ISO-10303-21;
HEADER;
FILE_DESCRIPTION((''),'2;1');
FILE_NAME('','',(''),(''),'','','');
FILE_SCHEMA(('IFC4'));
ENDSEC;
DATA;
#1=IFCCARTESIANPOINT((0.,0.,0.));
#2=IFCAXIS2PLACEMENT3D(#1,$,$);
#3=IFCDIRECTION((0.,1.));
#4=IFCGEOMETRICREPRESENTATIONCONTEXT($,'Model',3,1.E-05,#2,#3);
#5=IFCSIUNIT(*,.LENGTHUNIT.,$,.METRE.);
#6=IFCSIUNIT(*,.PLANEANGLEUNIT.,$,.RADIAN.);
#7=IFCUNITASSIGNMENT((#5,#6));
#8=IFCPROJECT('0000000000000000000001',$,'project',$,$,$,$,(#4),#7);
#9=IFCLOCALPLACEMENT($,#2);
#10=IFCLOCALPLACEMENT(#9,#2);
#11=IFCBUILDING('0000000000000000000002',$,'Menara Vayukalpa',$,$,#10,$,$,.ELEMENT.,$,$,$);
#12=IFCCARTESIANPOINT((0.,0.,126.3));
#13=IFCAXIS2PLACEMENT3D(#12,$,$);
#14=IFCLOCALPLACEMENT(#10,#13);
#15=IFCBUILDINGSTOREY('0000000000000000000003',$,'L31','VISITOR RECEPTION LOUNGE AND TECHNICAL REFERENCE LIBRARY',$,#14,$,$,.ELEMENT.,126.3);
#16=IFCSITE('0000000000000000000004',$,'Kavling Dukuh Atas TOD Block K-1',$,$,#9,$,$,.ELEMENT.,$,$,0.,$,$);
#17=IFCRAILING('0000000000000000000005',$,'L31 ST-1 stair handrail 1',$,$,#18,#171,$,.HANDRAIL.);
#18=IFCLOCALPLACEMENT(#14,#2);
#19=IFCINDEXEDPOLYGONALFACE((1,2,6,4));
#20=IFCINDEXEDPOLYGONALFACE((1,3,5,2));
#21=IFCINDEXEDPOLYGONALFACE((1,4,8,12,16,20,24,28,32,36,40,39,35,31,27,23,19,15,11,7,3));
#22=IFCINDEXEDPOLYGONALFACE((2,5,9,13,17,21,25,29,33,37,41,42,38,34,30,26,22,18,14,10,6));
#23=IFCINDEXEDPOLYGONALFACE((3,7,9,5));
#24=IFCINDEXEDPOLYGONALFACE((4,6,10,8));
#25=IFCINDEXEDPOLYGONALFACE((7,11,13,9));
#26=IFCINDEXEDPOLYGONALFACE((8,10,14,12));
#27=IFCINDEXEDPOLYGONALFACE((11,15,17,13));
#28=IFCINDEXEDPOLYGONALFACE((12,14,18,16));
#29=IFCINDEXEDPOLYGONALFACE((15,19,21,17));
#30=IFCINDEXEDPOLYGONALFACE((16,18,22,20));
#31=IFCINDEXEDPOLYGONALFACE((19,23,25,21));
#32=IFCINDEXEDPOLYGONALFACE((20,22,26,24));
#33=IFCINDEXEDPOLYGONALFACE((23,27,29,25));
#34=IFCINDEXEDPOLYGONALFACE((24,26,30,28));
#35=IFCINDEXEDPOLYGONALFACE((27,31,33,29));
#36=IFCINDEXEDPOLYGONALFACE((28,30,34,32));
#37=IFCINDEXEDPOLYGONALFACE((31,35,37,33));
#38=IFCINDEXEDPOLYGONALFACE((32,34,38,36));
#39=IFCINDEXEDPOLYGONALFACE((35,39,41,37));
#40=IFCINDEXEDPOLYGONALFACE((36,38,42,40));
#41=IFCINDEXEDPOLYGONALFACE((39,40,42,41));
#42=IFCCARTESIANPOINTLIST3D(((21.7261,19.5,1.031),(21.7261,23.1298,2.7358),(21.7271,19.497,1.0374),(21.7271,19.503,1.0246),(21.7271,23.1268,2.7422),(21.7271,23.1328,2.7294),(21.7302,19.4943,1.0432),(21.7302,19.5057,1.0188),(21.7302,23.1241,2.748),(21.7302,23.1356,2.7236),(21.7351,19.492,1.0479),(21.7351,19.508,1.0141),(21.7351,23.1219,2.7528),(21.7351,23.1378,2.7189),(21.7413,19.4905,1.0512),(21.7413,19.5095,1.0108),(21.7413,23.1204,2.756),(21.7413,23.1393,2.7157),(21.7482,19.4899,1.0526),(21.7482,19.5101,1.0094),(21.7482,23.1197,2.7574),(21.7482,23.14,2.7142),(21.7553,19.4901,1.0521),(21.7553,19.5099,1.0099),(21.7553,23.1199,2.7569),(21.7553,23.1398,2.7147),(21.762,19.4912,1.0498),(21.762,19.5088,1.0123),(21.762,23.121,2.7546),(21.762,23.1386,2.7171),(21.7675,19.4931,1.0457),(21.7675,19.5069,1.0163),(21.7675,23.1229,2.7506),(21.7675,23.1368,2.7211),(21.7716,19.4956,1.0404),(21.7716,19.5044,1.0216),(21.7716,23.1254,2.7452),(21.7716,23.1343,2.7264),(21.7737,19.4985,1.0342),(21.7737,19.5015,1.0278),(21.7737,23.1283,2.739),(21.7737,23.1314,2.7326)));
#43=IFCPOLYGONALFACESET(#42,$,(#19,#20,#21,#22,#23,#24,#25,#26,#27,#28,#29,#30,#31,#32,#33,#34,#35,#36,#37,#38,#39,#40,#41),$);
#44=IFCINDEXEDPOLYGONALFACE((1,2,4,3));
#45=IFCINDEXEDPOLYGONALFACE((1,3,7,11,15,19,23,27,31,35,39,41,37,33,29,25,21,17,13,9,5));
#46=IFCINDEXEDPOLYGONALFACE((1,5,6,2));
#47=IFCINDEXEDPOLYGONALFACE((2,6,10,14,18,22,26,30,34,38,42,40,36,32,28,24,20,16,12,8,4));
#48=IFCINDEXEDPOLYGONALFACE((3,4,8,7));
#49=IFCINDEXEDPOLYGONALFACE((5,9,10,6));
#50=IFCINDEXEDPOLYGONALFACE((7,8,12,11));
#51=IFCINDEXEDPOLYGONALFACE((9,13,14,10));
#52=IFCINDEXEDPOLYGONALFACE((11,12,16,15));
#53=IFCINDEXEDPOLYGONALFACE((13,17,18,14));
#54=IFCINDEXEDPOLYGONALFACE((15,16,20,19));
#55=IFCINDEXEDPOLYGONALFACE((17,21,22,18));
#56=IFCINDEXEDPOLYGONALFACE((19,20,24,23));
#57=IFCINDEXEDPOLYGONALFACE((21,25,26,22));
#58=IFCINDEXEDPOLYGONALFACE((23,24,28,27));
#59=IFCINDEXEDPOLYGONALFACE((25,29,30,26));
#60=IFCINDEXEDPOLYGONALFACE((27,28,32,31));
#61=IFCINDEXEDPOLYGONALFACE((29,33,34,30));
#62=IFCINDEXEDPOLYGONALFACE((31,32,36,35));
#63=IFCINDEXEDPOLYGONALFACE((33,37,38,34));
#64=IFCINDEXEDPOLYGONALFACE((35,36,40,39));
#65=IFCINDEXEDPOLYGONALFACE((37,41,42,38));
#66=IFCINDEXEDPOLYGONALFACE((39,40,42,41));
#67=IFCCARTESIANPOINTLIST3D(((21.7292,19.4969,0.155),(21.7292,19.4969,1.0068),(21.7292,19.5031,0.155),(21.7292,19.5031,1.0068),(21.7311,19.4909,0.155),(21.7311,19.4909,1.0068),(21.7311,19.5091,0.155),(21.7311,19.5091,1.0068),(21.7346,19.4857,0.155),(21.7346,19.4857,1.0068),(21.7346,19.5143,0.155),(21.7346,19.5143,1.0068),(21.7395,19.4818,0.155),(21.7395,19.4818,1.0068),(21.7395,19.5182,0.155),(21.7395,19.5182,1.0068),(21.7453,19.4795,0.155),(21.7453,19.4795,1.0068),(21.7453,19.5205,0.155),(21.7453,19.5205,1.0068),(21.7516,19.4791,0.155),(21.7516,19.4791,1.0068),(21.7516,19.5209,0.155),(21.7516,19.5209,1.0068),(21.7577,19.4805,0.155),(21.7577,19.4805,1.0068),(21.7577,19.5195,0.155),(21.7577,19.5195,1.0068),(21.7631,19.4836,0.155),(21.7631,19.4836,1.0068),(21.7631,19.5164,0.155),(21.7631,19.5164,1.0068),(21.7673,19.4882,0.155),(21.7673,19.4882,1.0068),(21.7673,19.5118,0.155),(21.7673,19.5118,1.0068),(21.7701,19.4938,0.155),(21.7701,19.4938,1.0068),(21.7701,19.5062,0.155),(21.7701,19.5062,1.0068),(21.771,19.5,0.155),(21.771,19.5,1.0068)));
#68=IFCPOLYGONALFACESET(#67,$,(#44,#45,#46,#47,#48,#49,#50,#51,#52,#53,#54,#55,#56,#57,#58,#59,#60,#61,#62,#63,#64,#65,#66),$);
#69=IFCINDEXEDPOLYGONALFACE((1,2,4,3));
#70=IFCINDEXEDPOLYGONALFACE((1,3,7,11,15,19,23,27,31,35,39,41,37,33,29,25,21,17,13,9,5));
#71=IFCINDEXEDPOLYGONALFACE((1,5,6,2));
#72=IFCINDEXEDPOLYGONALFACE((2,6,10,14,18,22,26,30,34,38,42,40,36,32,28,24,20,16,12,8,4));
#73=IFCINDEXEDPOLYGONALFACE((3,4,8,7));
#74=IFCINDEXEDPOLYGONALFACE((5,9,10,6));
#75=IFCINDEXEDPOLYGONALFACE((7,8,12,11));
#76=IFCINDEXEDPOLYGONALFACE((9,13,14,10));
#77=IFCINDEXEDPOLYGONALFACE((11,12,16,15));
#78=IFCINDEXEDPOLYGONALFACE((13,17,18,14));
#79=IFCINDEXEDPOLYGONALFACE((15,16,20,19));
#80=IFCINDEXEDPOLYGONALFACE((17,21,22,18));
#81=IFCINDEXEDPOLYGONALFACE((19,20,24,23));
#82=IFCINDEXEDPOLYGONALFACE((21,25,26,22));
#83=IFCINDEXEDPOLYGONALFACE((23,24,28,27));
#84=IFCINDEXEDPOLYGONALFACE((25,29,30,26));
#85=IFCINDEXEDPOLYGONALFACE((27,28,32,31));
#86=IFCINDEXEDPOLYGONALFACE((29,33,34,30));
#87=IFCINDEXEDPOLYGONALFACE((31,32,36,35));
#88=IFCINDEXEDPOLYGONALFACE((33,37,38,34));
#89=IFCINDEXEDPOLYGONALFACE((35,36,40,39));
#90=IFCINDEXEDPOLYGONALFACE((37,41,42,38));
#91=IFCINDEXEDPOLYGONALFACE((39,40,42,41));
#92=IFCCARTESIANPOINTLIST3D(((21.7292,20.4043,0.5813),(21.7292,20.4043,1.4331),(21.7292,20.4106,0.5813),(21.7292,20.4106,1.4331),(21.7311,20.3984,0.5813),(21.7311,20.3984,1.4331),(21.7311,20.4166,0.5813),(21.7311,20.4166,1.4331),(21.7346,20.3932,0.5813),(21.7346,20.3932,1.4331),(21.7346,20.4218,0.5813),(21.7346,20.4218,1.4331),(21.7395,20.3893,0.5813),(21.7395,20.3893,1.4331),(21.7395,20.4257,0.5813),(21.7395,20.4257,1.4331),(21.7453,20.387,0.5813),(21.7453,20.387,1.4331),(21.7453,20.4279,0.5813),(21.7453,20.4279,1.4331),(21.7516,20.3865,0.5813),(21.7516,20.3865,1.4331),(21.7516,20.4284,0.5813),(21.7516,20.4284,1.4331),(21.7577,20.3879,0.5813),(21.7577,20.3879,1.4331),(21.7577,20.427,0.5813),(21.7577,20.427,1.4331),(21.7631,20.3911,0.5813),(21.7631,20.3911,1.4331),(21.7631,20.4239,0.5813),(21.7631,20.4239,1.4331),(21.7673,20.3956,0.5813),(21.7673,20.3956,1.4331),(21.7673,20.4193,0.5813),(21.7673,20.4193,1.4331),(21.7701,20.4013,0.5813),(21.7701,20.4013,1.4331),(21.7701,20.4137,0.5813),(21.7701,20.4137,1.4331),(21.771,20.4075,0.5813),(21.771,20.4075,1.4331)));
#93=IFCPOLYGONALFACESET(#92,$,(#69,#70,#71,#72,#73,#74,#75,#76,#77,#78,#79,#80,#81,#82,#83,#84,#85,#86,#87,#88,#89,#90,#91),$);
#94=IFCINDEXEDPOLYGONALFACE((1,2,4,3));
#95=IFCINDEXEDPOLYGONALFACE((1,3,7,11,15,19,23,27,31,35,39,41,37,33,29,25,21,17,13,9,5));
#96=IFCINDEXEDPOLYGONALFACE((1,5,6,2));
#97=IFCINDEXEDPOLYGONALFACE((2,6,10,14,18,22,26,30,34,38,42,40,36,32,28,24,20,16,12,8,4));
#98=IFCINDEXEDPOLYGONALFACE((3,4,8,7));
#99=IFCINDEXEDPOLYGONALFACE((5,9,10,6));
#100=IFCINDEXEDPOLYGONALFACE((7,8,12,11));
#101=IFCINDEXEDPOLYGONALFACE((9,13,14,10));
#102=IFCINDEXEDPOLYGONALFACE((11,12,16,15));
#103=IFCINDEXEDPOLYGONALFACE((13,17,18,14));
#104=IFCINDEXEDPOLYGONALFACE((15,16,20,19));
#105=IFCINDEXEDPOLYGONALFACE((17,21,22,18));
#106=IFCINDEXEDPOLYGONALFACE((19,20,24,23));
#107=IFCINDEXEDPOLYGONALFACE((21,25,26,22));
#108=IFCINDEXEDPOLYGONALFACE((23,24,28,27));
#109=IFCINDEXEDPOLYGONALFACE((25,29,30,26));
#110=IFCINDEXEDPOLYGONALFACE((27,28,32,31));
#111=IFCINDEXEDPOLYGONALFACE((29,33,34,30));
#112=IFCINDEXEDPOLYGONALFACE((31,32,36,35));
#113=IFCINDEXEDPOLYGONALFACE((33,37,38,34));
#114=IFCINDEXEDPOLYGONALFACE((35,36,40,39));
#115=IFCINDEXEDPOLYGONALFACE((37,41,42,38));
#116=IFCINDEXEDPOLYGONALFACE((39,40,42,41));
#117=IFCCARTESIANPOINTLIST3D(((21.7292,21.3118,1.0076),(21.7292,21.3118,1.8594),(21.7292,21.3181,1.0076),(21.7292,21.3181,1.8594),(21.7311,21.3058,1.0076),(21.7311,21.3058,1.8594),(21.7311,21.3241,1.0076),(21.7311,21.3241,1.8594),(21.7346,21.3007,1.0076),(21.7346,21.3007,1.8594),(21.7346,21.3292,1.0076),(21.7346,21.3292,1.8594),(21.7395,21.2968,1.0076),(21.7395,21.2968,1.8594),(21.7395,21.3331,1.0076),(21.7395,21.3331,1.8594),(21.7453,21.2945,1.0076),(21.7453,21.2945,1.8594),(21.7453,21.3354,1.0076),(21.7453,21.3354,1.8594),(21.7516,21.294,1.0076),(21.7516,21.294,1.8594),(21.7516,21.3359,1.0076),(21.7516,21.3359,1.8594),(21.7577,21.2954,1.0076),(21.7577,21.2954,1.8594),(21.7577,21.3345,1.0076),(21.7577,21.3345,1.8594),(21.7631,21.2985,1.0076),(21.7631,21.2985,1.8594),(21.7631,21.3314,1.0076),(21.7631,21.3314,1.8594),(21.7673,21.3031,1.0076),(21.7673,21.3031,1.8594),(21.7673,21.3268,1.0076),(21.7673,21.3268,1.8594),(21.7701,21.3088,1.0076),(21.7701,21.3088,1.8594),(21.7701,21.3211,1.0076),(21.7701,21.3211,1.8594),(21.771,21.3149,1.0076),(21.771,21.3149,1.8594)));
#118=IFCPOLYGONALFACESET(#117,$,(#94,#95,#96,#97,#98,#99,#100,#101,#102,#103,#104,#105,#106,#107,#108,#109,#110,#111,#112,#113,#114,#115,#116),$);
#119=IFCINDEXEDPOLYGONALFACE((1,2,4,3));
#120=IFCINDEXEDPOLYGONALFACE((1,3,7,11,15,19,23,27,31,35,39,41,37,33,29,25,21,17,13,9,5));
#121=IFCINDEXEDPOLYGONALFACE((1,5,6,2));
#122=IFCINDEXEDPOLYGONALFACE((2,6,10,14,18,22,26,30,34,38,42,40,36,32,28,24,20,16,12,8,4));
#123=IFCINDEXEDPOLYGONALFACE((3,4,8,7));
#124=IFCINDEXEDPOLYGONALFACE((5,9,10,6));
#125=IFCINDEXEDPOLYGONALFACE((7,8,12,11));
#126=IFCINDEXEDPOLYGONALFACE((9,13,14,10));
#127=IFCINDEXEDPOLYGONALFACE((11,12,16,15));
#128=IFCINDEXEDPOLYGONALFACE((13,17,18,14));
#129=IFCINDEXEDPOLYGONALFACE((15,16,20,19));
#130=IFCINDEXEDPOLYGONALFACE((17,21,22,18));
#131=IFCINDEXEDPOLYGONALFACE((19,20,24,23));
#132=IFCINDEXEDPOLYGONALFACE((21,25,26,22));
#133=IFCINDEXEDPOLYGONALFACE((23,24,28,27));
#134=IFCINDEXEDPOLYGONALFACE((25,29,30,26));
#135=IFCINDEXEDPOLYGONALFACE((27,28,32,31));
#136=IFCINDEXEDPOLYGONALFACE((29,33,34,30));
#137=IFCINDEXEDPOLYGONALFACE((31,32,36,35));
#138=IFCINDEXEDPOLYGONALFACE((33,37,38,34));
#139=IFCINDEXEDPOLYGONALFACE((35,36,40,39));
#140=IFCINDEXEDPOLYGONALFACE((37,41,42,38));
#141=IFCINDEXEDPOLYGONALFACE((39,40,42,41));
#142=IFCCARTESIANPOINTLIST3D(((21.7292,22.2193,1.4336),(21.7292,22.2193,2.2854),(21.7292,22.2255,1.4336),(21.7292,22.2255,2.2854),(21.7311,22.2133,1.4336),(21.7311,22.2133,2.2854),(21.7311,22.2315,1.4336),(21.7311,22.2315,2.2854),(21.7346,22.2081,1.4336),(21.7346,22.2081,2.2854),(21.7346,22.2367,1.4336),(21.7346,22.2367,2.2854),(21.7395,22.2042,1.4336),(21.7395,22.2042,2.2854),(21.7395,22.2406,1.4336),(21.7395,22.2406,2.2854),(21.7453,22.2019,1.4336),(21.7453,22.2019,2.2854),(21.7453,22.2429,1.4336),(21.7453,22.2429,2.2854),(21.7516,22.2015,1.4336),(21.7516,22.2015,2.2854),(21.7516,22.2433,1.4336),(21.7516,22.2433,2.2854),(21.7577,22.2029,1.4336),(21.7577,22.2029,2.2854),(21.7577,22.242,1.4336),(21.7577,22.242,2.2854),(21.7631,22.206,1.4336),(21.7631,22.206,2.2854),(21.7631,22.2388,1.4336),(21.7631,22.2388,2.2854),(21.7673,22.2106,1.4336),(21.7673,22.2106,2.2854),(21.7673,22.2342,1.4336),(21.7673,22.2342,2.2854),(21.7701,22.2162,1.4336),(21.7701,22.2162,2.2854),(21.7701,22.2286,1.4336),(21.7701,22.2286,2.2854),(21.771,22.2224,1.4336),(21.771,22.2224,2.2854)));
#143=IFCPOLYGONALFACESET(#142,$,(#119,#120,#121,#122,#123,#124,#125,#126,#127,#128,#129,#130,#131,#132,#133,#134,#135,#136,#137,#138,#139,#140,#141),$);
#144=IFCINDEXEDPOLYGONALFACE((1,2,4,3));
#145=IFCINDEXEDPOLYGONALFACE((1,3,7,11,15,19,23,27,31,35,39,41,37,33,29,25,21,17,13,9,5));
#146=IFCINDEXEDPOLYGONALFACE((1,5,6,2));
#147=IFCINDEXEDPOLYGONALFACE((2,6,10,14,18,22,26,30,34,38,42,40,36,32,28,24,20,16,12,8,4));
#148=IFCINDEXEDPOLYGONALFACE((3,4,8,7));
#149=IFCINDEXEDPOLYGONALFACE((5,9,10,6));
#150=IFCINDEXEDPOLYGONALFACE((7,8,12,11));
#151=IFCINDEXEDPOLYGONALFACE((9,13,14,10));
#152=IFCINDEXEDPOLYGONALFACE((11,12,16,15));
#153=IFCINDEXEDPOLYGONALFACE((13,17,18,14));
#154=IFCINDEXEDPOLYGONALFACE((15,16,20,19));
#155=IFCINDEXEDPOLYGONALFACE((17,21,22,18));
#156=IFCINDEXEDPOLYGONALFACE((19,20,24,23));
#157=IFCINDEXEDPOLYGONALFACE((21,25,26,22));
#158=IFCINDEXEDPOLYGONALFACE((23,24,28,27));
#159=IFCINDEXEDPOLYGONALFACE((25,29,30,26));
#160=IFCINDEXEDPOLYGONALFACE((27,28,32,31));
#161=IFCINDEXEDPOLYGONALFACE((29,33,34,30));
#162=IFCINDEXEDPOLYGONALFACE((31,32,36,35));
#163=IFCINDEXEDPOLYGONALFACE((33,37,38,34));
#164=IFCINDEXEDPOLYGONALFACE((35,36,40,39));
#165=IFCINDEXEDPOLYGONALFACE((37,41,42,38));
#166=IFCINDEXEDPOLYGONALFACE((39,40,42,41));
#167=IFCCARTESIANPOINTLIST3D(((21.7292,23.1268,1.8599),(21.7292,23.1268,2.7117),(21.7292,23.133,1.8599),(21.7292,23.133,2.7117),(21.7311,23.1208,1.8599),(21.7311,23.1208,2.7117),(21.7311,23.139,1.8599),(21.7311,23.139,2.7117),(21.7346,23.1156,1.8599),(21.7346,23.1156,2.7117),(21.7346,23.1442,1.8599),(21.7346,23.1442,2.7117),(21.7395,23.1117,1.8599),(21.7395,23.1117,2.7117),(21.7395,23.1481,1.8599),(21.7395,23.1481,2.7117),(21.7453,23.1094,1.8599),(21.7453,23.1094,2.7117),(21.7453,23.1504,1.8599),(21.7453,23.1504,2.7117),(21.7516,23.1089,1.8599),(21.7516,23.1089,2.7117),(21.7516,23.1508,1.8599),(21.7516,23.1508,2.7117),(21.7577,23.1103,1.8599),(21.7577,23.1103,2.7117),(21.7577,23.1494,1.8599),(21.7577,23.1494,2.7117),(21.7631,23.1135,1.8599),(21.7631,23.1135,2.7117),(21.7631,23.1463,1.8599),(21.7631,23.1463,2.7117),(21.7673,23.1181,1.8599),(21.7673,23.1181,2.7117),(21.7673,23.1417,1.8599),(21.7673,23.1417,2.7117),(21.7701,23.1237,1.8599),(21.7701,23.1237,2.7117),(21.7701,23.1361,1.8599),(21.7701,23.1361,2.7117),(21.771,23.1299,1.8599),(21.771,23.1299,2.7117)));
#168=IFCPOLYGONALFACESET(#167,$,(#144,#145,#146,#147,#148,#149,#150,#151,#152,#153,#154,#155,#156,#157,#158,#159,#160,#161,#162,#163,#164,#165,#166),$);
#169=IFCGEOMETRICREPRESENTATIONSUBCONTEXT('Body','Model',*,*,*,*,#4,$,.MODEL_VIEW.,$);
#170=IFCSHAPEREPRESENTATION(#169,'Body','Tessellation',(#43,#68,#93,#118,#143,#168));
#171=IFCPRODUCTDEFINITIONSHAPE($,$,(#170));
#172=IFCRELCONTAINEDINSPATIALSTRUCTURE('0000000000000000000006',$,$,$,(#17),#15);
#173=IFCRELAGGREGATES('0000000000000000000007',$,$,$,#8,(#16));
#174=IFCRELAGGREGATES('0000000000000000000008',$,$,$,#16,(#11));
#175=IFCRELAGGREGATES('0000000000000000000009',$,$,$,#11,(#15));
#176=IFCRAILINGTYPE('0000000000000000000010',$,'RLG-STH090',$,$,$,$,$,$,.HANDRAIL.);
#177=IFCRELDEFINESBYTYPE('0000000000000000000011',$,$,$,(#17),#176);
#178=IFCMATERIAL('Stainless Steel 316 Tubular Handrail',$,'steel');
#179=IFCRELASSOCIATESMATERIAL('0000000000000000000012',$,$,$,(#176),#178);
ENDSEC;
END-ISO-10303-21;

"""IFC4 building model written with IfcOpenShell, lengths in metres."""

from ifc_helpers import new_model, si_unit, direction, frame, origin, origin_2d, place, context, subcontext, project, spatial, circle, extrude, material, type_object, element, save


model = new_model("IFC4")

# Units and contexts
model_context = context("Model", 3, precision=1e-05, world=origin(), true_north=direction((0.0, 1.0)))
body_context = subcontext(model_context, "Body", "Model", "MODEL_VIEW")
ifc_project = project(units=[si_unit("LENGTHUNIT", "METRE"), si_unit("PLANEANGLEUNIT", "RADIAN")], contexts=[model_context])

# Site, building, storey
site_placement = place(None, origin())
site = spatial("IfcSite", under=ifc_project, at=site_placement, Name="Kavling Dukuh Atas TOD Block K-1", CompositionType="ELEMENT", RefElevation=0.0)
building_placement = place(site_placement, origin())
building = spatial("IfcBuilding", under=site, at=building_placement, Name="Menara Vayukalpa", CompositionType="ELEMENT")
storey_placement = place(building_placement, frame((0.0, 0.0, 126.3)))
storey = spatial("IfcBuildingStorey", under=building, at=storey_placement, Name="L31", Description="VISITOR RECEPTION LOUNGE AND TECHNICAL REFERENCE LIBRARY", CompositionType="ELEMENT", Elevation=126.3)

# Railing
ifc_material_1 = material(Name="Stainless Steel 316 Tubular Handrail", Category="steel")
railing_type_1 = type_object("IfcRailingType", Name="RLG-STH090", PredefinedType="HANDRAIL", material=ifc_material_1)
railing_1_placement = place(storey_placement, frame((21.75, 19.5, 0.155)))
element("IfcRailing", 1, at=railing_1_placement, inside=storey, type_object=railing_type_1, Name="L31 ST-1 stair handrail 1", PredefinedType="HANDRAIL", context=body_context, shape_type="SweptSolid", body=[
    extrude(circle(Radius=0.0239, at=origin_2d()), frame((0.0, 0.0, 0.876), z_axis=(0.0, 0.90514, 0.425114), x_axis=(-1.0, 0.0, 0.0)), (0.0, 0.0, 1.0), 4.0103),
    extrude(circle(Radius=0.021, at=origin_2d()), origin(), (0.0, 0.0, 1.0), 0.8518),
    extrude(circle(Radius=0.021, at=origin_2d()), frame((0.0, 0.9075, 0.4263)), (0.0, 0.0, 1.0), 0.8518),
    extrude(circle(Radius=0.021, at=origin_2d()), frame((0.0, 1.8149, 0.8525)), (0.0, 0.0, 1.0), 0.8518),
    extrude(circle(Radius=0.021, at=origin_2d()), frame((0.0, 2.7224, 1.2786)), (0.0, 0.0, 1.0), 0.8518),
    extrude(circle(Radius=0.021, at=origin_2d()), frame((0.0, 3.6299, 1.7048)), (0.0, 0.0, 1.0), 0.8518),
])

save(model, "model.ifc")
